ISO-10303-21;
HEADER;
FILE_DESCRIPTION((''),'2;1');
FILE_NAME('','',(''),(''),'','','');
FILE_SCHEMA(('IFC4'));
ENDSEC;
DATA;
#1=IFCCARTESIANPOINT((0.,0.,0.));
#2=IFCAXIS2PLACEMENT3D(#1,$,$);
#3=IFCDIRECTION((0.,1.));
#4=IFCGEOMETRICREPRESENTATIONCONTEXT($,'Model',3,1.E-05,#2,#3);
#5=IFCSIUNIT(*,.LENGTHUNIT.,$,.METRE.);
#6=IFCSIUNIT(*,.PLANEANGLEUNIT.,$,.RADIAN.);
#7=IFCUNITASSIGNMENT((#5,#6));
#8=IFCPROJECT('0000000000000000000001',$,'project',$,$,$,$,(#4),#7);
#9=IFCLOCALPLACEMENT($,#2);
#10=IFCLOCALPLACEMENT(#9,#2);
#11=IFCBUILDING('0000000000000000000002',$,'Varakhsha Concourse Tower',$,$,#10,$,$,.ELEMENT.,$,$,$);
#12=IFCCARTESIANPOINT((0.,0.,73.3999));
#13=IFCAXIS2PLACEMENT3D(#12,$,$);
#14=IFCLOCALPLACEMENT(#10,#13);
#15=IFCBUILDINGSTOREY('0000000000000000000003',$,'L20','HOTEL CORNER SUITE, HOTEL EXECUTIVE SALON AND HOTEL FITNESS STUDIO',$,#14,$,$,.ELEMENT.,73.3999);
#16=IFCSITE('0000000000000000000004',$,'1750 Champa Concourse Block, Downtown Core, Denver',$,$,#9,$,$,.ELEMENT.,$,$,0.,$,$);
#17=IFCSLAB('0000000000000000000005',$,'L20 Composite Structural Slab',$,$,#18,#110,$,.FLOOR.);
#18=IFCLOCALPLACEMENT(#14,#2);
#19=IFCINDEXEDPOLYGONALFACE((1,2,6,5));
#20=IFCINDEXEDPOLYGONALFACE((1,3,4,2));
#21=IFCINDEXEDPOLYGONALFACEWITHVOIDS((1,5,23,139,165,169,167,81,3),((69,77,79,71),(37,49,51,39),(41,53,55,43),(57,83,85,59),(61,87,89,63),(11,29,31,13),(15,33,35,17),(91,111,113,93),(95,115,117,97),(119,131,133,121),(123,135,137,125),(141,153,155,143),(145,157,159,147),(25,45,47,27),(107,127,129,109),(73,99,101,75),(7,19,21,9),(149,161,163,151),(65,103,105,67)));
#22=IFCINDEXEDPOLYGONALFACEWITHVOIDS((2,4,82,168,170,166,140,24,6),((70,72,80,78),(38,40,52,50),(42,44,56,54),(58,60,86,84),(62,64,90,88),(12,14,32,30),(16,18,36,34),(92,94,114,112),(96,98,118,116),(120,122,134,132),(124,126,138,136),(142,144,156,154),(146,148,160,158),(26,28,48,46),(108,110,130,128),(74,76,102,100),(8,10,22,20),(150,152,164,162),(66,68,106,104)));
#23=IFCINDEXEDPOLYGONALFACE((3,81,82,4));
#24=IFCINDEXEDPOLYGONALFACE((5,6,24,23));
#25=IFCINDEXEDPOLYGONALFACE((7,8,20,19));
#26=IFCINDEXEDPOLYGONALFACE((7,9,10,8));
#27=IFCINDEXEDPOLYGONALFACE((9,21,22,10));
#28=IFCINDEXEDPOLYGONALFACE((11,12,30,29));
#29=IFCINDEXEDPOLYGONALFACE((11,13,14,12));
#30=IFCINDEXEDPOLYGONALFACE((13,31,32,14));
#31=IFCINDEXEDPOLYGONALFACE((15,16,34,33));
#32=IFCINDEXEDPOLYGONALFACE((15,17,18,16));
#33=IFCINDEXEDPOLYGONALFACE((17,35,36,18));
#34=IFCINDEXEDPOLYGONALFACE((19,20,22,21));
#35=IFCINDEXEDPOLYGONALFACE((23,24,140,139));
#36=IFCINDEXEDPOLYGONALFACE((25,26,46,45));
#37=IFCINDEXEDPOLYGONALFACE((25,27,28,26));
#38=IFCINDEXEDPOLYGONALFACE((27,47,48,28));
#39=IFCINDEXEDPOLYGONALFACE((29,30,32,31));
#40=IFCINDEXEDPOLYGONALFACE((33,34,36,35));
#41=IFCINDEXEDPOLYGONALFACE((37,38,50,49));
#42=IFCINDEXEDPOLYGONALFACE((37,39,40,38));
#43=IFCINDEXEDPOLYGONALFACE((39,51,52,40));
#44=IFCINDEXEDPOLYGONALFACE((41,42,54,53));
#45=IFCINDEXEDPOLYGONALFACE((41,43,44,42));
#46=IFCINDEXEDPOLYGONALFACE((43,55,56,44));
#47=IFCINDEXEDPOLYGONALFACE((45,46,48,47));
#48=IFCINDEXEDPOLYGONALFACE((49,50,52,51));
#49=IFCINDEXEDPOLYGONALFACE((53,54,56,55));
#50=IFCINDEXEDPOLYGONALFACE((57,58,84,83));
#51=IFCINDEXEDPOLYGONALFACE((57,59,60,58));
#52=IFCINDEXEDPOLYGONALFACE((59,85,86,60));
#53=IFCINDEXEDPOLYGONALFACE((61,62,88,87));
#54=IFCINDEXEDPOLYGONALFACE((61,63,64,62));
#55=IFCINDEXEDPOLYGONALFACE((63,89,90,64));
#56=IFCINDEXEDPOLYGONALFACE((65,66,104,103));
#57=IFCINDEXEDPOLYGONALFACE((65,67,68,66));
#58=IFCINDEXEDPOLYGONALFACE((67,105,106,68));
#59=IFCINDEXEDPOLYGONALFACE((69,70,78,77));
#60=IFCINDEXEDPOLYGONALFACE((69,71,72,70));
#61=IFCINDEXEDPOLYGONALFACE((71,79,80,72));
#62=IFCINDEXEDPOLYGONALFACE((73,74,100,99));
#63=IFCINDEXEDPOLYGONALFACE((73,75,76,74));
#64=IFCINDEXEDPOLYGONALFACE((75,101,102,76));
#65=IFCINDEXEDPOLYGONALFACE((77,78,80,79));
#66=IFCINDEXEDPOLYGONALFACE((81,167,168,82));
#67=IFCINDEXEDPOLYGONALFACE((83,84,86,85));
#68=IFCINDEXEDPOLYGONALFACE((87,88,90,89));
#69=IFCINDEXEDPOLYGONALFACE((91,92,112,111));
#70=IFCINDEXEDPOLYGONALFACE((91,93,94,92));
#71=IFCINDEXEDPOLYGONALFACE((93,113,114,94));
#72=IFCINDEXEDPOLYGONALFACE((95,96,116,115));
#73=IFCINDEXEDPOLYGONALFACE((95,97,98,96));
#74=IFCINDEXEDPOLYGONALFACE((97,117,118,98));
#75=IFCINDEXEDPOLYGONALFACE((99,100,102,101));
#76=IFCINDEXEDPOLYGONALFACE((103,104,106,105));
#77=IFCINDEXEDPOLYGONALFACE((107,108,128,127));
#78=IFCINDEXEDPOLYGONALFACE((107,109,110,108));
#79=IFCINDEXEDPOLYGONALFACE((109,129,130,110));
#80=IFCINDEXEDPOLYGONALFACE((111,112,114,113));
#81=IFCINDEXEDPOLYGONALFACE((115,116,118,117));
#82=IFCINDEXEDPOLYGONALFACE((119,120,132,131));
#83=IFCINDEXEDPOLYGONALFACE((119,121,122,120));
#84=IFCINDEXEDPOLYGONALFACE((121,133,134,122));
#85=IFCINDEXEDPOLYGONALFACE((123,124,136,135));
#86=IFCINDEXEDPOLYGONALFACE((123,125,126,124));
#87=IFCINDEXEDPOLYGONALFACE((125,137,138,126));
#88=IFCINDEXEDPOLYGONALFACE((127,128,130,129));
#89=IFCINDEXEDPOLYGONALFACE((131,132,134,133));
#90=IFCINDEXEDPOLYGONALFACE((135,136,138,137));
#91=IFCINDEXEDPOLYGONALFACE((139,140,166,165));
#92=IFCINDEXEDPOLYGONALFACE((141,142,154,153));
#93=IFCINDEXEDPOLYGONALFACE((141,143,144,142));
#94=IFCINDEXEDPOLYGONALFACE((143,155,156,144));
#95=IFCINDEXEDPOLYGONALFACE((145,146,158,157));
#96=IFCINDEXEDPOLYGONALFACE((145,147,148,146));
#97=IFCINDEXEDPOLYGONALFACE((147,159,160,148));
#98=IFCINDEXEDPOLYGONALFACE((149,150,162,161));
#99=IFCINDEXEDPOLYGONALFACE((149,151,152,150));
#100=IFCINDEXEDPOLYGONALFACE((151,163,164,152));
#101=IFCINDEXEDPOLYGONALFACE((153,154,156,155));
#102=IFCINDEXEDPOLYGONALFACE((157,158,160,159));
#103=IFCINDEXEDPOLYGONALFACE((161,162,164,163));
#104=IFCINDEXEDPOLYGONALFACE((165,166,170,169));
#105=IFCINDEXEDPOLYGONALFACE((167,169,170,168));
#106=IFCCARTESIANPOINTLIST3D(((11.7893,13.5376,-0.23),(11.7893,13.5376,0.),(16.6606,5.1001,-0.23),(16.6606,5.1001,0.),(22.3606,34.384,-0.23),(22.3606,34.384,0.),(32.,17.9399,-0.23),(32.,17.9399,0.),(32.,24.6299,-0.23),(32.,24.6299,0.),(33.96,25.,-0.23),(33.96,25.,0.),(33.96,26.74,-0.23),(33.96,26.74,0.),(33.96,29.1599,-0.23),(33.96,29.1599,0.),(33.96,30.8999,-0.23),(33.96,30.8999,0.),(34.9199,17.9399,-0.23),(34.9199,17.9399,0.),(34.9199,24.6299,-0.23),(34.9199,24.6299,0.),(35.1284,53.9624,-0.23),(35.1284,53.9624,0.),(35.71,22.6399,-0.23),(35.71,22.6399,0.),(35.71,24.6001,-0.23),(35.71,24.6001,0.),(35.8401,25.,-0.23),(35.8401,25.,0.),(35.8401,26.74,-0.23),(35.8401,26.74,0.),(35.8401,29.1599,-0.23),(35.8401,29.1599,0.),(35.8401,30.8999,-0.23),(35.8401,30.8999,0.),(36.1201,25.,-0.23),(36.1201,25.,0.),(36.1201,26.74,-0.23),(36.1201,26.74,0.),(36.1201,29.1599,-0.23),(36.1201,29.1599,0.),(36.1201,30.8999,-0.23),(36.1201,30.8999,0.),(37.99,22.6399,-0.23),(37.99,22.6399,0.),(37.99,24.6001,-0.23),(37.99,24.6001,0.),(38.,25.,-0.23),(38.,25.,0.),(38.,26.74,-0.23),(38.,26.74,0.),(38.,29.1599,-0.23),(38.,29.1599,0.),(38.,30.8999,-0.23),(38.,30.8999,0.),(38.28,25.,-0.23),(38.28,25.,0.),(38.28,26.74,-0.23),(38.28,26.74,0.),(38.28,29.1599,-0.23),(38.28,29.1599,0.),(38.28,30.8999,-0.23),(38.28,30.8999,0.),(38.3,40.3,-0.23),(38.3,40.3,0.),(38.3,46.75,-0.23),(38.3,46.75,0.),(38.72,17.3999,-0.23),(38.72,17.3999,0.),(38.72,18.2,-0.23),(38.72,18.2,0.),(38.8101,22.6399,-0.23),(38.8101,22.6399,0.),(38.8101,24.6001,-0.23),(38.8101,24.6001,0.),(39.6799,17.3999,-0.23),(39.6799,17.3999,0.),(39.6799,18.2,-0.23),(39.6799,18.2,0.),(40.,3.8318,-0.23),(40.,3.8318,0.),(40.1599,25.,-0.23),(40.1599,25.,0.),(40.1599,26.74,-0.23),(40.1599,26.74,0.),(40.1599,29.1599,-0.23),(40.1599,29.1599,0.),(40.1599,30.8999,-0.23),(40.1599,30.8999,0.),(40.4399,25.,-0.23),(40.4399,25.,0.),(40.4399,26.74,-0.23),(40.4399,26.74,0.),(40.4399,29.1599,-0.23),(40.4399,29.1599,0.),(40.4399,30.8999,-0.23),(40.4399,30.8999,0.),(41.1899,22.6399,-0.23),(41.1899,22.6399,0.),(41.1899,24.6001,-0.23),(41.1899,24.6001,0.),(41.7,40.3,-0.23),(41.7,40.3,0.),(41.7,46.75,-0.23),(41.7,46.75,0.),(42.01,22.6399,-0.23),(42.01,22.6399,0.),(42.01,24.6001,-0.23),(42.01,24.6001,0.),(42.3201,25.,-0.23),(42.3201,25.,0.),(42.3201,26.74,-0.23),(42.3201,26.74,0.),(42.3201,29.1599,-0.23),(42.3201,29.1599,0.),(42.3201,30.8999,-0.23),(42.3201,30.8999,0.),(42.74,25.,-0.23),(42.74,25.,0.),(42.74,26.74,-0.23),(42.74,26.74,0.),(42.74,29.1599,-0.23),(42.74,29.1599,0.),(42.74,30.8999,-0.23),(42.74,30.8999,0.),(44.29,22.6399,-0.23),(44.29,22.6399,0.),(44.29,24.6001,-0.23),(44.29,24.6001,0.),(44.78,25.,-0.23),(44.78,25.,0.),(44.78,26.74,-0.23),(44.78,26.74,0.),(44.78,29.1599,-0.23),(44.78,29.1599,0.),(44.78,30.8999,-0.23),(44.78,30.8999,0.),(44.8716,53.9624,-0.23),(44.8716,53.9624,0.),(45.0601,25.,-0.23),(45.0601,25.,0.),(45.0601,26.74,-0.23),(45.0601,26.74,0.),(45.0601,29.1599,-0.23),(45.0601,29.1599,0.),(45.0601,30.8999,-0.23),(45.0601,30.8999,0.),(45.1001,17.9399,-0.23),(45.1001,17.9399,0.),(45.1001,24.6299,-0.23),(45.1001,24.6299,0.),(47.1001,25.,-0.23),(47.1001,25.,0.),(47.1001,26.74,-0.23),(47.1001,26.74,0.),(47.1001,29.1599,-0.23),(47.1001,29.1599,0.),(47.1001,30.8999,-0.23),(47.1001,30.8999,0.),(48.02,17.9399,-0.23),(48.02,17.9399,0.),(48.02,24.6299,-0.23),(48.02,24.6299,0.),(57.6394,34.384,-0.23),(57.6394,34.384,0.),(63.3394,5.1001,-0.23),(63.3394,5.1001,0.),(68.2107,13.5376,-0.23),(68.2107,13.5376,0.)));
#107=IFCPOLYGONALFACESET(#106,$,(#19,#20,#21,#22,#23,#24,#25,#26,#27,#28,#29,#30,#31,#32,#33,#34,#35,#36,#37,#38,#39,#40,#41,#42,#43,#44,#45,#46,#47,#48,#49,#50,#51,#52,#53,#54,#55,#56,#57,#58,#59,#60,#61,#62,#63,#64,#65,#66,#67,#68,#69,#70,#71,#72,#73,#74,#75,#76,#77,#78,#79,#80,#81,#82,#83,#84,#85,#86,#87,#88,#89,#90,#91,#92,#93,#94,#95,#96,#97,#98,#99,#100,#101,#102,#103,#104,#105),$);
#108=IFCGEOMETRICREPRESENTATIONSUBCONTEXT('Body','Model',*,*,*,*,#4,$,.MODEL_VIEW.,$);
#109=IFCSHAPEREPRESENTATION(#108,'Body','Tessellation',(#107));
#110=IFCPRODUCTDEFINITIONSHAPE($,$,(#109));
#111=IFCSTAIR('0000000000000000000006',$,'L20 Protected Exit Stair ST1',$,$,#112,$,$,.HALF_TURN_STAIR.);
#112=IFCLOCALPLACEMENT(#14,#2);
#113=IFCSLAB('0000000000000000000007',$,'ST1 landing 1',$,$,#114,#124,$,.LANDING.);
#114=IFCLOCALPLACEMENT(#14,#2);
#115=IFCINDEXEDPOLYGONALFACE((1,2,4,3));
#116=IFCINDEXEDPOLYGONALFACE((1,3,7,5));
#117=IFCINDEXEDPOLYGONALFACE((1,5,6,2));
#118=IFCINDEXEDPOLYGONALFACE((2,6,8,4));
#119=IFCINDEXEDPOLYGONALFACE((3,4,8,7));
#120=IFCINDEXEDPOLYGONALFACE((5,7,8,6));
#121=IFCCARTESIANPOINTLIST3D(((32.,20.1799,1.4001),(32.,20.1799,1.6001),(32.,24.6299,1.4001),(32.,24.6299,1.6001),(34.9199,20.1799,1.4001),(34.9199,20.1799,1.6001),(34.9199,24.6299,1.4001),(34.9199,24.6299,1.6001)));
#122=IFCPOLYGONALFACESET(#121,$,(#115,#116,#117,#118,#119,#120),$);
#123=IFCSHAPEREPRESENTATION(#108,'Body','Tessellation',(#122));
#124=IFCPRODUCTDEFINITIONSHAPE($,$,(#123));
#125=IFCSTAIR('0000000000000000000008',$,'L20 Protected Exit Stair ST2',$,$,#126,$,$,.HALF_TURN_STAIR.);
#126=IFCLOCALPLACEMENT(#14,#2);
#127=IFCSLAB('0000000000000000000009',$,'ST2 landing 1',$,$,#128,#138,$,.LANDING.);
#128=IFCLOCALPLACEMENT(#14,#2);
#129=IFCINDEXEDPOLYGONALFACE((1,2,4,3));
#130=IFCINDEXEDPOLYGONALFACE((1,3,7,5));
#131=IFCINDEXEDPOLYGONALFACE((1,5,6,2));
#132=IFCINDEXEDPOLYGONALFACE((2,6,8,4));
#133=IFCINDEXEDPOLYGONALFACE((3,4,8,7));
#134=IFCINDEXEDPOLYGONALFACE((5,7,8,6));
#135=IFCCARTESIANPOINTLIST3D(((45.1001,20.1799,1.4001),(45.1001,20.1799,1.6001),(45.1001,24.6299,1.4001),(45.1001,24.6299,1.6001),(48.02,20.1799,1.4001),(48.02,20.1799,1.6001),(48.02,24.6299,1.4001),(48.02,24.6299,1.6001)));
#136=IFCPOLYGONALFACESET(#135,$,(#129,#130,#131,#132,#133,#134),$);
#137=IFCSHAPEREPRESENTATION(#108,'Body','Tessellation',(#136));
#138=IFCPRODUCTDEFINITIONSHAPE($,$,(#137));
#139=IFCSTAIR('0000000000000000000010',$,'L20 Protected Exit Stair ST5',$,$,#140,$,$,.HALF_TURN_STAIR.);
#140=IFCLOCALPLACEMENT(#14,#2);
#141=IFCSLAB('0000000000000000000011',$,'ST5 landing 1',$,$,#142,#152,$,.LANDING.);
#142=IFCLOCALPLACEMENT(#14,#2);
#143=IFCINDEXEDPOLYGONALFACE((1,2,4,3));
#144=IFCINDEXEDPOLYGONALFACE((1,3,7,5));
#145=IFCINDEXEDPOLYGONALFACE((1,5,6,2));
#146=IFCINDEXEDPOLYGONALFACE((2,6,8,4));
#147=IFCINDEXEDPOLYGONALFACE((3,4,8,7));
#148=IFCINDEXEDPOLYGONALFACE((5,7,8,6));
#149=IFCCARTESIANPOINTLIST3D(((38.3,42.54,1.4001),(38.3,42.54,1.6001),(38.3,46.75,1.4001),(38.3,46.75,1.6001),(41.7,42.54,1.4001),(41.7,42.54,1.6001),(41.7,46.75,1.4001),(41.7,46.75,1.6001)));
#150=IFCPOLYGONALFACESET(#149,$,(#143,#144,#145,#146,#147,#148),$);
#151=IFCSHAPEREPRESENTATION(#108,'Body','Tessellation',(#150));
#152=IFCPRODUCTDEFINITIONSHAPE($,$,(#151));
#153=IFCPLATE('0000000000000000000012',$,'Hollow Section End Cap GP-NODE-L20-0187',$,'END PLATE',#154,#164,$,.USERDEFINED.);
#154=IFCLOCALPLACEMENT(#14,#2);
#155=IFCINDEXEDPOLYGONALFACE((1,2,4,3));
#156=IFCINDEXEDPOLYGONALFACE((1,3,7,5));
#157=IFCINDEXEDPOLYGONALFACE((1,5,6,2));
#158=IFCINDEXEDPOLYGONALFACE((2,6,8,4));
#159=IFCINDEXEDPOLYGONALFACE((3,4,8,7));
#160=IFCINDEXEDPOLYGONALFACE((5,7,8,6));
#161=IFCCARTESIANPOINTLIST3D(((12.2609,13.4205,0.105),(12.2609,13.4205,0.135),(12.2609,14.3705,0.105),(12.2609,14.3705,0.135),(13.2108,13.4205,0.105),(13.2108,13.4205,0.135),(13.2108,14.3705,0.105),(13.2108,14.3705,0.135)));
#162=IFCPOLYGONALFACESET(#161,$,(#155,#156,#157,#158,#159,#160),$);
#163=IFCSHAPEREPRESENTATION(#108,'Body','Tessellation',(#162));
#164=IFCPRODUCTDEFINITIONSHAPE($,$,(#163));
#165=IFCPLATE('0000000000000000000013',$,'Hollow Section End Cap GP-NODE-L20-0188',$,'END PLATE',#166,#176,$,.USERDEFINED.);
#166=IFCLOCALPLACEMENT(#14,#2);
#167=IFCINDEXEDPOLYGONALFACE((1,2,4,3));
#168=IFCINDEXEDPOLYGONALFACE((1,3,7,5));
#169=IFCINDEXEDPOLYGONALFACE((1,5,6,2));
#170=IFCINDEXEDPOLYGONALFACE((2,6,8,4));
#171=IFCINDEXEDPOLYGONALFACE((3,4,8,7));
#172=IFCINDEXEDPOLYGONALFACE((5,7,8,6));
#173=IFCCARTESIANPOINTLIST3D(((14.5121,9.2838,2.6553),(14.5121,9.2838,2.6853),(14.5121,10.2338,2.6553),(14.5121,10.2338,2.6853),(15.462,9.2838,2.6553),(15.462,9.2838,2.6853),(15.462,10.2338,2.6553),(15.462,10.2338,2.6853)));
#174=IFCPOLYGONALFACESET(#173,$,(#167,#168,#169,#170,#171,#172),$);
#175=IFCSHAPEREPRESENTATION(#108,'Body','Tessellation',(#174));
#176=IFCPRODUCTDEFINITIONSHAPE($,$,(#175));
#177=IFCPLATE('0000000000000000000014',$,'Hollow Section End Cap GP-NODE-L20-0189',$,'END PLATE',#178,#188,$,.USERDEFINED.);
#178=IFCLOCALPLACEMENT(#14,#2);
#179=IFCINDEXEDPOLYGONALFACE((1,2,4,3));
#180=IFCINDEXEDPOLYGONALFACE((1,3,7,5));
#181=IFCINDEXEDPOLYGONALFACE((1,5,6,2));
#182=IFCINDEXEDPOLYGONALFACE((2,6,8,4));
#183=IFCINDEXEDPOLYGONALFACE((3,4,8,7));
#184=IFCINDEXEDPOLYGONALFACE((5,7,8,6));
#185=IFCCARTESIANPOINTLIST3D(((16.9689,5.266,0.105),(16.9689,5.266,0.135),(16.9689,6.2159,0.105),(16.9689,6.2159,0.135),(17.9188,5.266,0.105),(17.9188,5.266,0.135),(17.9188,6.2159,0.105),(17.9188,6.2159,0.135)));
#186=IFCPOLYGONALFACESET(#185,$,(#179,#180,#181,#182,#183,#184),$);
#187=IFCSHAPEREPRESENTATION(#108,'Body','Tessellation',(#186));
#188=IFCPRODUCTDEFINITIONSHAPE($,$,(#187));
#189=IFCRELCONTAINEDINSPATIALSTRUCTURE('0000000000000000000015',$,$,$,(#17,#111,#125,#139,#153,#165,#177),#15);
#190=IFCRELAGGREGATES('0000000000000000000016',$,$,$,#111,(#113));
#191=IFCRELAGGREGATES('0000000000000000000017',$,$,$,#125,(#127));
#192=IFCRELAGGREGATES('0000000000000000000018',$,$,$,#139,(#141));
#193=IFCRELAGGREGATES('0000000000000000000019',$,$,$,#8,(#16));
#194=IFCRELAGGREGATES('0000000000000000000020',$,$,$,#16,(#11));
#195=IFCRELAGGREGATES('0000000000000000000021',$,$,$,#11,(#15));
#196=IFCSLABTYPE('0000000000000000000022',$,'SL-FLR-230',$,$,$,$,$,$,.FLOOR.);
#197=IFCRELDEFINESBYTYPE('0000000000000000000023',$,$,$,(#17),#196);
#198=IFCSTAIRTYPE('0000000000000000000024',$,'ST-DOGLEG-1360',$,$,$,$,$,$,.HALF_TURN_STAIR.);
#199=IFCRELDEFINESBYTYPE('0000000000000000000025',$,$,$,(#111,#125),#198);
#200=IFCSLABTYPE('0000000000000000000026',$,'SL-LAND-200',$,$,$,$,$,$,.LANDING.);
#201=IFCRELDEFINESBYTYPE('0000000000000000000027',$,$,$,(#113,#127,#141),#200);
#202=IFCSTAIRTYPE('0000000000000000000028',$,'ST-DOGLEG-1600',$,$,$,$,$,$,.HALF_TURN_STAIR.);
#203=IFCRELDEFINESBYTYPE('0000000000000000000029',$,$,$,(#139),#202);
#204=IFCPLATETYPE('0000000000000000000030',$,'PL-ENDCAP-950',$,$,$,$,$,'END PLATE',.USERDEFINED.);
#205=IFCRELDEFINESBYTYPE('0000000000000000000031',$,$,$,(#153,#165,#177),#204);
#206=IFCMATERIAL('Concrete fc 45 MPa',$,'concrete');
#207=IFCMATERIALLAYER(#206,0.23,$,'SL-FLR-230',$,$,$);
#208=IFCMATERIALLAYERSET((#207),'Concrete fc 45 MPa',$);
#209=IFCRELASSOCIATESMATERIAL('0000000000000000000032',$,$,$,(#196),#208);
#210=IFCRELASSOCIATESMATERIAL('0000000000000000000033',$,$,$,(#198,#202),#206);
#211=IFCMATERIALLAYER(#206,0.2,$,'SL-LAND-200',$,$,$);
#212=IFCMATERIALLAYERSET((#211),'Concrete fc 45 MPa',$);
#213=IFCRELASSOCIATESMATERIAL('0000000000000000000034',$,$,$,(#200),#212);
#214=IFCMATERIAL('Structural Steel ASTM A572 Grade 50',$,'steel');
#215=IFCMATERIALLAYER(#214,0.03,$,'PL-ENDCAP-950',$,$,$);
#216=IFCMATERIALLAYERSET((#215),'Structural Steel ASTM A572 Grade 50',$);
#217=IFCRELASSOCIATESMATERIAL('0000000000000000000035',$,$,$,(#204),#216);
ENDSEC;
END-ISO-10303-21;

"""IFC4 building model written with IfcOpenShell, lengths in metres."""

from ifc_helpers import new_model, si_unit, direction, frame, origin, origin_2d, place, context, subcontext, project, spatial, polyline, rectangle, outline, extrude, source, transform, mapped, material, layer, layer_set, type_object, type_shapes, element, aggregate, save


model = new_model("IFC4")

# Units and contexts
model_context = context("Model", 3, precision=1e-05, world=origin(), true_north=direction((0.0, 1.0)))
body_context = subcontext(model_context, "Body", "Model", "MODEL_VIEW")
ifc_project = project(units=[si_unit("LENGTHUNIT", "METRE"), si_unit("PLANEANGLEUNIT", "RADIAN")], contexts=[model_context])

# Site, building, storey
site_placement = place(None, origin())
site = spatial("IfcSite", under=ifc_project, at=site_placement, Name="1750 Champa Concourse Block, Downtown Core, Denver", CompositionType="ELEMENT", RefElevation=0.0)
building_placement = place(site_placement, origin())
building = spatial("IfcBuilding", under=site, at=building_placement, Name="Varakhsha Concourse Tower", CompositionType="ELEMENT")
storey_placement = place(building_placement, frame((0.0, 0.0, 73.3999)))
storey = spatial("IfcBuildingStorey", under=building, at=storey_placement, Name="L20", Description="HOTEL CORNER SUITE, HOTEL EXECUTIVE SALON AND HOTEL FITNESS STUDIO", CompositionType="ELEMENT", Elevation=73.3999)

# Shared definitions
ifc_material_1 = material(Name="Structural Steel ASTM A572 Grade 50", Category="steel")

# Slab
ifc_material_2 = material(Name="Concrete fc 45 MPa", Category="concrete")
ifc_layer_1 = layer(ifc_material_2, 0.23, Name="SL-FLR-230")
ifc_layer_set_1 = layer_set([ifc_layer_1], Name="Concrete fc 45 MPa")
slab_type_1 = type_object("IfcSlabType", Name="SL-FLR-230", PredefinedType="FLOOR", material=ifc_layer_set_1)
slab_1_placement = place(storey_placement, frame((0.0, 0.0, -0.23)))
element("IfcSlab", 1, at=slab_1_placement, inside=storey, type_object=slab_type_1, Name="L20 Composite Structural Slab", PredefinedType="FLOOR", context=body_context, shape_type="SweptSolid", body=[
    extrude(outline(polyline([(44.8716, 53.9624), (35.1284, 53.9624), (22.3606, 34.384), (11.7893, 13.5376), (16.6606, 5.1001), (40.0, 3.8318), (63.3394, 5.1001), (68.2107, 13.5376), (57.6394, 34.384), (44.8716, 53.9624)]), holes=[polyline([(34.9199, 17.9399), (34.9199, 24.6299), (32.0, 24.6299), (32.0, 17.9399), (34.9199, 17.9399)]), polyline([(48.02, 17.9399), (48.02, 24.6299), (45.1001, 24.6299), (45.1001, 17.9399), (48.02, 17.9399)]), polyline([(41.7, 40.3), (41.7, 46.75), (38.3, 46.75), (38.3, 40.3), (41.7, 40.3)]), polyline([(33.96, 29.1599), (35.8401, 29.1599), (35.8401, 30.8999), (33.96, 30.8999), (33.96, 29.1599)]), polyline([(36.1201, 29.1599), (38.0, 29.1599), (38.0, 30.8999), (36.1201, 30.8999), (36.1201, 29.1599)]), polyline([(38.28, 29.1599), (40.1599, 29.1599), (40.1599, 30.8999), (38.28, 30.8999), (38.28, 29.1599)]), polyline([(40.4399, 29.1599), (42.3201, 29.1599), (42.3201, 30.8999), (40.4399, 30.8999), (40.4399, 29.1599)]), polyline([(33.96, 25.0), (35.8401, 25.0), (35.8401, 26.74), (33.96, 26.74), (33.96, 25.0)]), polyline([(36.1201, 25.0), (38.0, 25.0), (38.0, 26.74), (36.1201, 26.74), (36.1201, 25.0)]), polyline([(38.28, 25.0), (40.1599, 25.0), (40.1599, 26.74), (38.28, 26.74), (38.28, 25.0)]), polyline([(40.4399, 25.0), (42.3201, 25.0), (42.3201, 26.74), (40.4399, 26.74), (40.4399, 25.0)]), polyline([(42.74, 29.1599), (44.78, 29.1599), (44.78, 30.8999), (42.74, 30.8999), (42.74, 29.1599)]), polyline([(45.0601, 29.1599), (47.1001, 29.1599), (47.1001, 30.8999), (45.0601, 30.8999), (45.0601, 29.1599)]), polyline([(42.74, 25.0), (44.78, 25.0), (44.78, 26.74), (42.74, 26.74), (42.74, 25.0)]), polyline([(45.0601, 25.0), (47.1001, 25.0), (47.1001, 26.74), (45.0601, 26.74), (45.0601, 25.0)]), polyline([(35.71, 22.6399), (37.99, 22.6399), (37.99, 24.6001), (35.71, 24.6001), (35.71, 22.6399)]), polyline([(42.01, 22.6399), (44.29, 22.6399), (44.29, 24.6001), (42.01, 24.6001), (42.01, 22.6399)]), polyline([(38.8101, 22.6399), (41.1899, 22.6399), (41.1899, 24.6001), (38.8101, 24.6001), (38.8101, 22.6399)]), polyline([(38.72, 17.3999), (39.6799, 17.3999), (39.6799, 18.2), (38.72, 18.2), (38.72, 17.3999)])]), origin(), (0.0, 0.0, 1.0), 0.23),
])

# Stairs, slabs
stair_type_1 = type_object("IfcStairType", Name="ST-DOGLEG-1360", PredefinedType="HALF_TURN_STAIR", material=ifc_material_2)
stair_1_placement = place(storey_placement, origin())
stair_1 = element("IfcStair", 2, at=stair_1_placement, inside=storey, type_object=stair_type_1, Name="L20 Protected Exit Stair ST1", PredefinedType="HALF_TURN_STAIR")
ifc_layer_2 = layer(ifc_material_2, 0.2, Name="SL-LAND-200")
ifc_layer_set_2 = layer_set([ifc_layer_2], Name="Concrete fc 45 MPa")
slab_type_2 = type_object("IfcSlabType", Name="SL-LAND-200", PredefinedType="LANDING", material=ifc_layer_set_2)
slab_2_placement = place(storey_placement, frame((0.0, 0.0, 1.4001)))
slab_2 = element("IfcSlab", 3, at=slab_2_placement, type_object=slab_type_2, Name="ST1 landing 1", PredefinedType="LANDING", context=body_context, shape_type="SweptSolid", body=[
    extrude(outline(polyline([(34.9199, 20.1799), (34.9199, 24.6299), (32.0, 24.6299), (32.0, 20.1799), (34.9199, 20.1799)])), origin(), (0.0, 0.0, 1.0), 0.2),
])
aggregate(stair_1, [slab_2])
stair_2_placement = place(storey_placement, origin())
stair_2 = element("IfcStair", 4, at=stair_2_placement, inside=storey, type_object=stair_type_1, Name="L20 Protected Exit Stair ST2", PredefinedType="HALF_TURN_STAIR")
slab_3_placement = place(storey_placement, frame((0.0, 0.0, 1.4001)))
slab_3 = element("IfcSlab", 5, at=slab_3_placement, type_object=slab_type_2, Name="ST2 landing 1", PredefinedType="LANDING", context=body_context, shape_type="SweptSolid", body=[
    extrude(outline(polyline([(48.02, 20.1799), (48.02, 24.6299), (45.1001, 24.6299), (45.1001, 20.1799), (48.02, 20.1799)])), origin(), (0.0, 0.0, 1.0), 0.2),
])
aggregate(stair_2, [slab_3])
stair_type_2 = type_object("IfcStairType", Name="ST-DOGLEG-1600", PredefinedType="HALF_TURN_STAIR", material=ifc_material_2)
stair_3_placement = place(storey_placement, origin())
stair_3 = element("IfcStair", 6, at=stair_3_placement, inside=storey, type_object=stair_type_2, Name="L20 Protected Exit Stair ST5", PredefinedType="HALF_TURN_STAIR")
slab_4_placement = place(storey_placement, frame((0.0, 0.0, 1.4001)))
slab_4 = element("IfcSlab", 7, at=slab_4_placement, type_object=slab_type_2, Name="ST5 landing 1", PredefinedType="LANDING", context=body_context, shape_type="SweptSolid", body=[
    extrude(outline(polyline([(41.7, 42.54), (41.7, 46.75), (38.3, 46.75), (38.3, 42.54), (41.7, 42.54)])), origin(), (0.0, 0.0, 1.0), 0.2),
])
aggregate(stair_3, [slab_4])

# Plates
ifc_layer_3 = layer(ifc_material_1, 0.03, Name="PL-ENDCAP-950")
ifc_layer_set_3 = layer_set([ifc_layer_3], Name="Structural Steel ASTM A572 Grade 50")
plate_type_1 = type_object("IfcPlateType", Name="PL-ENDCAP-950", ElementType="END PLATE", PredefinedType="USERDEFINED", material=ifc_layer_set_3)
shared_shape_1 = source(origin(), body_context, "Body", "SweptSolid", [
    extrude(rectangle(XDim=0.95, YDim=0.95, at=origin_2d()), origin(), (0.0, 0.0, 1.0), 0.03),
])
type_shapes(plate_type_1, [shared_shape_1])
for number, where, z_axis, x_axis, name in (
    (8, (12.7358, 13.8955, 0.105), (0.0, 0.0, 1.0), (1.0, 0.0, 0.0), "Hollow Section End Cap GP-NODE-L20-0187"),
    (9, (14.9871, 9.7588, 2.6553), (0.0, 0.0, 1.0), (1.0, 0.0, 0.0), "Hollow Section End Cap GP-NODE-L20-0188"),
    (10, (17.4438, 5.741, 0.105), (0.0, 0.0, 1.0), (1.0, 0.0, 0.0), "Hollow Section End Cap GP-NODE-L20-0189"),
):
    element("IfcPlate", number, at=place(storey_placement, frame(where, z_axis=z_axis, x_axis=x_axis)), inside=storey, type_object=plate_type_1, Name=name, ObjectType="END PLATE", PredefinedType="USERDEFINED", context=body_context, shape_type="MappedRepresentation", body=[
        mapped(shared_shape_1, transform((0.0, 0.0, 0.0), scale=1.0)),
    ])

save(model, "model.ifc")
